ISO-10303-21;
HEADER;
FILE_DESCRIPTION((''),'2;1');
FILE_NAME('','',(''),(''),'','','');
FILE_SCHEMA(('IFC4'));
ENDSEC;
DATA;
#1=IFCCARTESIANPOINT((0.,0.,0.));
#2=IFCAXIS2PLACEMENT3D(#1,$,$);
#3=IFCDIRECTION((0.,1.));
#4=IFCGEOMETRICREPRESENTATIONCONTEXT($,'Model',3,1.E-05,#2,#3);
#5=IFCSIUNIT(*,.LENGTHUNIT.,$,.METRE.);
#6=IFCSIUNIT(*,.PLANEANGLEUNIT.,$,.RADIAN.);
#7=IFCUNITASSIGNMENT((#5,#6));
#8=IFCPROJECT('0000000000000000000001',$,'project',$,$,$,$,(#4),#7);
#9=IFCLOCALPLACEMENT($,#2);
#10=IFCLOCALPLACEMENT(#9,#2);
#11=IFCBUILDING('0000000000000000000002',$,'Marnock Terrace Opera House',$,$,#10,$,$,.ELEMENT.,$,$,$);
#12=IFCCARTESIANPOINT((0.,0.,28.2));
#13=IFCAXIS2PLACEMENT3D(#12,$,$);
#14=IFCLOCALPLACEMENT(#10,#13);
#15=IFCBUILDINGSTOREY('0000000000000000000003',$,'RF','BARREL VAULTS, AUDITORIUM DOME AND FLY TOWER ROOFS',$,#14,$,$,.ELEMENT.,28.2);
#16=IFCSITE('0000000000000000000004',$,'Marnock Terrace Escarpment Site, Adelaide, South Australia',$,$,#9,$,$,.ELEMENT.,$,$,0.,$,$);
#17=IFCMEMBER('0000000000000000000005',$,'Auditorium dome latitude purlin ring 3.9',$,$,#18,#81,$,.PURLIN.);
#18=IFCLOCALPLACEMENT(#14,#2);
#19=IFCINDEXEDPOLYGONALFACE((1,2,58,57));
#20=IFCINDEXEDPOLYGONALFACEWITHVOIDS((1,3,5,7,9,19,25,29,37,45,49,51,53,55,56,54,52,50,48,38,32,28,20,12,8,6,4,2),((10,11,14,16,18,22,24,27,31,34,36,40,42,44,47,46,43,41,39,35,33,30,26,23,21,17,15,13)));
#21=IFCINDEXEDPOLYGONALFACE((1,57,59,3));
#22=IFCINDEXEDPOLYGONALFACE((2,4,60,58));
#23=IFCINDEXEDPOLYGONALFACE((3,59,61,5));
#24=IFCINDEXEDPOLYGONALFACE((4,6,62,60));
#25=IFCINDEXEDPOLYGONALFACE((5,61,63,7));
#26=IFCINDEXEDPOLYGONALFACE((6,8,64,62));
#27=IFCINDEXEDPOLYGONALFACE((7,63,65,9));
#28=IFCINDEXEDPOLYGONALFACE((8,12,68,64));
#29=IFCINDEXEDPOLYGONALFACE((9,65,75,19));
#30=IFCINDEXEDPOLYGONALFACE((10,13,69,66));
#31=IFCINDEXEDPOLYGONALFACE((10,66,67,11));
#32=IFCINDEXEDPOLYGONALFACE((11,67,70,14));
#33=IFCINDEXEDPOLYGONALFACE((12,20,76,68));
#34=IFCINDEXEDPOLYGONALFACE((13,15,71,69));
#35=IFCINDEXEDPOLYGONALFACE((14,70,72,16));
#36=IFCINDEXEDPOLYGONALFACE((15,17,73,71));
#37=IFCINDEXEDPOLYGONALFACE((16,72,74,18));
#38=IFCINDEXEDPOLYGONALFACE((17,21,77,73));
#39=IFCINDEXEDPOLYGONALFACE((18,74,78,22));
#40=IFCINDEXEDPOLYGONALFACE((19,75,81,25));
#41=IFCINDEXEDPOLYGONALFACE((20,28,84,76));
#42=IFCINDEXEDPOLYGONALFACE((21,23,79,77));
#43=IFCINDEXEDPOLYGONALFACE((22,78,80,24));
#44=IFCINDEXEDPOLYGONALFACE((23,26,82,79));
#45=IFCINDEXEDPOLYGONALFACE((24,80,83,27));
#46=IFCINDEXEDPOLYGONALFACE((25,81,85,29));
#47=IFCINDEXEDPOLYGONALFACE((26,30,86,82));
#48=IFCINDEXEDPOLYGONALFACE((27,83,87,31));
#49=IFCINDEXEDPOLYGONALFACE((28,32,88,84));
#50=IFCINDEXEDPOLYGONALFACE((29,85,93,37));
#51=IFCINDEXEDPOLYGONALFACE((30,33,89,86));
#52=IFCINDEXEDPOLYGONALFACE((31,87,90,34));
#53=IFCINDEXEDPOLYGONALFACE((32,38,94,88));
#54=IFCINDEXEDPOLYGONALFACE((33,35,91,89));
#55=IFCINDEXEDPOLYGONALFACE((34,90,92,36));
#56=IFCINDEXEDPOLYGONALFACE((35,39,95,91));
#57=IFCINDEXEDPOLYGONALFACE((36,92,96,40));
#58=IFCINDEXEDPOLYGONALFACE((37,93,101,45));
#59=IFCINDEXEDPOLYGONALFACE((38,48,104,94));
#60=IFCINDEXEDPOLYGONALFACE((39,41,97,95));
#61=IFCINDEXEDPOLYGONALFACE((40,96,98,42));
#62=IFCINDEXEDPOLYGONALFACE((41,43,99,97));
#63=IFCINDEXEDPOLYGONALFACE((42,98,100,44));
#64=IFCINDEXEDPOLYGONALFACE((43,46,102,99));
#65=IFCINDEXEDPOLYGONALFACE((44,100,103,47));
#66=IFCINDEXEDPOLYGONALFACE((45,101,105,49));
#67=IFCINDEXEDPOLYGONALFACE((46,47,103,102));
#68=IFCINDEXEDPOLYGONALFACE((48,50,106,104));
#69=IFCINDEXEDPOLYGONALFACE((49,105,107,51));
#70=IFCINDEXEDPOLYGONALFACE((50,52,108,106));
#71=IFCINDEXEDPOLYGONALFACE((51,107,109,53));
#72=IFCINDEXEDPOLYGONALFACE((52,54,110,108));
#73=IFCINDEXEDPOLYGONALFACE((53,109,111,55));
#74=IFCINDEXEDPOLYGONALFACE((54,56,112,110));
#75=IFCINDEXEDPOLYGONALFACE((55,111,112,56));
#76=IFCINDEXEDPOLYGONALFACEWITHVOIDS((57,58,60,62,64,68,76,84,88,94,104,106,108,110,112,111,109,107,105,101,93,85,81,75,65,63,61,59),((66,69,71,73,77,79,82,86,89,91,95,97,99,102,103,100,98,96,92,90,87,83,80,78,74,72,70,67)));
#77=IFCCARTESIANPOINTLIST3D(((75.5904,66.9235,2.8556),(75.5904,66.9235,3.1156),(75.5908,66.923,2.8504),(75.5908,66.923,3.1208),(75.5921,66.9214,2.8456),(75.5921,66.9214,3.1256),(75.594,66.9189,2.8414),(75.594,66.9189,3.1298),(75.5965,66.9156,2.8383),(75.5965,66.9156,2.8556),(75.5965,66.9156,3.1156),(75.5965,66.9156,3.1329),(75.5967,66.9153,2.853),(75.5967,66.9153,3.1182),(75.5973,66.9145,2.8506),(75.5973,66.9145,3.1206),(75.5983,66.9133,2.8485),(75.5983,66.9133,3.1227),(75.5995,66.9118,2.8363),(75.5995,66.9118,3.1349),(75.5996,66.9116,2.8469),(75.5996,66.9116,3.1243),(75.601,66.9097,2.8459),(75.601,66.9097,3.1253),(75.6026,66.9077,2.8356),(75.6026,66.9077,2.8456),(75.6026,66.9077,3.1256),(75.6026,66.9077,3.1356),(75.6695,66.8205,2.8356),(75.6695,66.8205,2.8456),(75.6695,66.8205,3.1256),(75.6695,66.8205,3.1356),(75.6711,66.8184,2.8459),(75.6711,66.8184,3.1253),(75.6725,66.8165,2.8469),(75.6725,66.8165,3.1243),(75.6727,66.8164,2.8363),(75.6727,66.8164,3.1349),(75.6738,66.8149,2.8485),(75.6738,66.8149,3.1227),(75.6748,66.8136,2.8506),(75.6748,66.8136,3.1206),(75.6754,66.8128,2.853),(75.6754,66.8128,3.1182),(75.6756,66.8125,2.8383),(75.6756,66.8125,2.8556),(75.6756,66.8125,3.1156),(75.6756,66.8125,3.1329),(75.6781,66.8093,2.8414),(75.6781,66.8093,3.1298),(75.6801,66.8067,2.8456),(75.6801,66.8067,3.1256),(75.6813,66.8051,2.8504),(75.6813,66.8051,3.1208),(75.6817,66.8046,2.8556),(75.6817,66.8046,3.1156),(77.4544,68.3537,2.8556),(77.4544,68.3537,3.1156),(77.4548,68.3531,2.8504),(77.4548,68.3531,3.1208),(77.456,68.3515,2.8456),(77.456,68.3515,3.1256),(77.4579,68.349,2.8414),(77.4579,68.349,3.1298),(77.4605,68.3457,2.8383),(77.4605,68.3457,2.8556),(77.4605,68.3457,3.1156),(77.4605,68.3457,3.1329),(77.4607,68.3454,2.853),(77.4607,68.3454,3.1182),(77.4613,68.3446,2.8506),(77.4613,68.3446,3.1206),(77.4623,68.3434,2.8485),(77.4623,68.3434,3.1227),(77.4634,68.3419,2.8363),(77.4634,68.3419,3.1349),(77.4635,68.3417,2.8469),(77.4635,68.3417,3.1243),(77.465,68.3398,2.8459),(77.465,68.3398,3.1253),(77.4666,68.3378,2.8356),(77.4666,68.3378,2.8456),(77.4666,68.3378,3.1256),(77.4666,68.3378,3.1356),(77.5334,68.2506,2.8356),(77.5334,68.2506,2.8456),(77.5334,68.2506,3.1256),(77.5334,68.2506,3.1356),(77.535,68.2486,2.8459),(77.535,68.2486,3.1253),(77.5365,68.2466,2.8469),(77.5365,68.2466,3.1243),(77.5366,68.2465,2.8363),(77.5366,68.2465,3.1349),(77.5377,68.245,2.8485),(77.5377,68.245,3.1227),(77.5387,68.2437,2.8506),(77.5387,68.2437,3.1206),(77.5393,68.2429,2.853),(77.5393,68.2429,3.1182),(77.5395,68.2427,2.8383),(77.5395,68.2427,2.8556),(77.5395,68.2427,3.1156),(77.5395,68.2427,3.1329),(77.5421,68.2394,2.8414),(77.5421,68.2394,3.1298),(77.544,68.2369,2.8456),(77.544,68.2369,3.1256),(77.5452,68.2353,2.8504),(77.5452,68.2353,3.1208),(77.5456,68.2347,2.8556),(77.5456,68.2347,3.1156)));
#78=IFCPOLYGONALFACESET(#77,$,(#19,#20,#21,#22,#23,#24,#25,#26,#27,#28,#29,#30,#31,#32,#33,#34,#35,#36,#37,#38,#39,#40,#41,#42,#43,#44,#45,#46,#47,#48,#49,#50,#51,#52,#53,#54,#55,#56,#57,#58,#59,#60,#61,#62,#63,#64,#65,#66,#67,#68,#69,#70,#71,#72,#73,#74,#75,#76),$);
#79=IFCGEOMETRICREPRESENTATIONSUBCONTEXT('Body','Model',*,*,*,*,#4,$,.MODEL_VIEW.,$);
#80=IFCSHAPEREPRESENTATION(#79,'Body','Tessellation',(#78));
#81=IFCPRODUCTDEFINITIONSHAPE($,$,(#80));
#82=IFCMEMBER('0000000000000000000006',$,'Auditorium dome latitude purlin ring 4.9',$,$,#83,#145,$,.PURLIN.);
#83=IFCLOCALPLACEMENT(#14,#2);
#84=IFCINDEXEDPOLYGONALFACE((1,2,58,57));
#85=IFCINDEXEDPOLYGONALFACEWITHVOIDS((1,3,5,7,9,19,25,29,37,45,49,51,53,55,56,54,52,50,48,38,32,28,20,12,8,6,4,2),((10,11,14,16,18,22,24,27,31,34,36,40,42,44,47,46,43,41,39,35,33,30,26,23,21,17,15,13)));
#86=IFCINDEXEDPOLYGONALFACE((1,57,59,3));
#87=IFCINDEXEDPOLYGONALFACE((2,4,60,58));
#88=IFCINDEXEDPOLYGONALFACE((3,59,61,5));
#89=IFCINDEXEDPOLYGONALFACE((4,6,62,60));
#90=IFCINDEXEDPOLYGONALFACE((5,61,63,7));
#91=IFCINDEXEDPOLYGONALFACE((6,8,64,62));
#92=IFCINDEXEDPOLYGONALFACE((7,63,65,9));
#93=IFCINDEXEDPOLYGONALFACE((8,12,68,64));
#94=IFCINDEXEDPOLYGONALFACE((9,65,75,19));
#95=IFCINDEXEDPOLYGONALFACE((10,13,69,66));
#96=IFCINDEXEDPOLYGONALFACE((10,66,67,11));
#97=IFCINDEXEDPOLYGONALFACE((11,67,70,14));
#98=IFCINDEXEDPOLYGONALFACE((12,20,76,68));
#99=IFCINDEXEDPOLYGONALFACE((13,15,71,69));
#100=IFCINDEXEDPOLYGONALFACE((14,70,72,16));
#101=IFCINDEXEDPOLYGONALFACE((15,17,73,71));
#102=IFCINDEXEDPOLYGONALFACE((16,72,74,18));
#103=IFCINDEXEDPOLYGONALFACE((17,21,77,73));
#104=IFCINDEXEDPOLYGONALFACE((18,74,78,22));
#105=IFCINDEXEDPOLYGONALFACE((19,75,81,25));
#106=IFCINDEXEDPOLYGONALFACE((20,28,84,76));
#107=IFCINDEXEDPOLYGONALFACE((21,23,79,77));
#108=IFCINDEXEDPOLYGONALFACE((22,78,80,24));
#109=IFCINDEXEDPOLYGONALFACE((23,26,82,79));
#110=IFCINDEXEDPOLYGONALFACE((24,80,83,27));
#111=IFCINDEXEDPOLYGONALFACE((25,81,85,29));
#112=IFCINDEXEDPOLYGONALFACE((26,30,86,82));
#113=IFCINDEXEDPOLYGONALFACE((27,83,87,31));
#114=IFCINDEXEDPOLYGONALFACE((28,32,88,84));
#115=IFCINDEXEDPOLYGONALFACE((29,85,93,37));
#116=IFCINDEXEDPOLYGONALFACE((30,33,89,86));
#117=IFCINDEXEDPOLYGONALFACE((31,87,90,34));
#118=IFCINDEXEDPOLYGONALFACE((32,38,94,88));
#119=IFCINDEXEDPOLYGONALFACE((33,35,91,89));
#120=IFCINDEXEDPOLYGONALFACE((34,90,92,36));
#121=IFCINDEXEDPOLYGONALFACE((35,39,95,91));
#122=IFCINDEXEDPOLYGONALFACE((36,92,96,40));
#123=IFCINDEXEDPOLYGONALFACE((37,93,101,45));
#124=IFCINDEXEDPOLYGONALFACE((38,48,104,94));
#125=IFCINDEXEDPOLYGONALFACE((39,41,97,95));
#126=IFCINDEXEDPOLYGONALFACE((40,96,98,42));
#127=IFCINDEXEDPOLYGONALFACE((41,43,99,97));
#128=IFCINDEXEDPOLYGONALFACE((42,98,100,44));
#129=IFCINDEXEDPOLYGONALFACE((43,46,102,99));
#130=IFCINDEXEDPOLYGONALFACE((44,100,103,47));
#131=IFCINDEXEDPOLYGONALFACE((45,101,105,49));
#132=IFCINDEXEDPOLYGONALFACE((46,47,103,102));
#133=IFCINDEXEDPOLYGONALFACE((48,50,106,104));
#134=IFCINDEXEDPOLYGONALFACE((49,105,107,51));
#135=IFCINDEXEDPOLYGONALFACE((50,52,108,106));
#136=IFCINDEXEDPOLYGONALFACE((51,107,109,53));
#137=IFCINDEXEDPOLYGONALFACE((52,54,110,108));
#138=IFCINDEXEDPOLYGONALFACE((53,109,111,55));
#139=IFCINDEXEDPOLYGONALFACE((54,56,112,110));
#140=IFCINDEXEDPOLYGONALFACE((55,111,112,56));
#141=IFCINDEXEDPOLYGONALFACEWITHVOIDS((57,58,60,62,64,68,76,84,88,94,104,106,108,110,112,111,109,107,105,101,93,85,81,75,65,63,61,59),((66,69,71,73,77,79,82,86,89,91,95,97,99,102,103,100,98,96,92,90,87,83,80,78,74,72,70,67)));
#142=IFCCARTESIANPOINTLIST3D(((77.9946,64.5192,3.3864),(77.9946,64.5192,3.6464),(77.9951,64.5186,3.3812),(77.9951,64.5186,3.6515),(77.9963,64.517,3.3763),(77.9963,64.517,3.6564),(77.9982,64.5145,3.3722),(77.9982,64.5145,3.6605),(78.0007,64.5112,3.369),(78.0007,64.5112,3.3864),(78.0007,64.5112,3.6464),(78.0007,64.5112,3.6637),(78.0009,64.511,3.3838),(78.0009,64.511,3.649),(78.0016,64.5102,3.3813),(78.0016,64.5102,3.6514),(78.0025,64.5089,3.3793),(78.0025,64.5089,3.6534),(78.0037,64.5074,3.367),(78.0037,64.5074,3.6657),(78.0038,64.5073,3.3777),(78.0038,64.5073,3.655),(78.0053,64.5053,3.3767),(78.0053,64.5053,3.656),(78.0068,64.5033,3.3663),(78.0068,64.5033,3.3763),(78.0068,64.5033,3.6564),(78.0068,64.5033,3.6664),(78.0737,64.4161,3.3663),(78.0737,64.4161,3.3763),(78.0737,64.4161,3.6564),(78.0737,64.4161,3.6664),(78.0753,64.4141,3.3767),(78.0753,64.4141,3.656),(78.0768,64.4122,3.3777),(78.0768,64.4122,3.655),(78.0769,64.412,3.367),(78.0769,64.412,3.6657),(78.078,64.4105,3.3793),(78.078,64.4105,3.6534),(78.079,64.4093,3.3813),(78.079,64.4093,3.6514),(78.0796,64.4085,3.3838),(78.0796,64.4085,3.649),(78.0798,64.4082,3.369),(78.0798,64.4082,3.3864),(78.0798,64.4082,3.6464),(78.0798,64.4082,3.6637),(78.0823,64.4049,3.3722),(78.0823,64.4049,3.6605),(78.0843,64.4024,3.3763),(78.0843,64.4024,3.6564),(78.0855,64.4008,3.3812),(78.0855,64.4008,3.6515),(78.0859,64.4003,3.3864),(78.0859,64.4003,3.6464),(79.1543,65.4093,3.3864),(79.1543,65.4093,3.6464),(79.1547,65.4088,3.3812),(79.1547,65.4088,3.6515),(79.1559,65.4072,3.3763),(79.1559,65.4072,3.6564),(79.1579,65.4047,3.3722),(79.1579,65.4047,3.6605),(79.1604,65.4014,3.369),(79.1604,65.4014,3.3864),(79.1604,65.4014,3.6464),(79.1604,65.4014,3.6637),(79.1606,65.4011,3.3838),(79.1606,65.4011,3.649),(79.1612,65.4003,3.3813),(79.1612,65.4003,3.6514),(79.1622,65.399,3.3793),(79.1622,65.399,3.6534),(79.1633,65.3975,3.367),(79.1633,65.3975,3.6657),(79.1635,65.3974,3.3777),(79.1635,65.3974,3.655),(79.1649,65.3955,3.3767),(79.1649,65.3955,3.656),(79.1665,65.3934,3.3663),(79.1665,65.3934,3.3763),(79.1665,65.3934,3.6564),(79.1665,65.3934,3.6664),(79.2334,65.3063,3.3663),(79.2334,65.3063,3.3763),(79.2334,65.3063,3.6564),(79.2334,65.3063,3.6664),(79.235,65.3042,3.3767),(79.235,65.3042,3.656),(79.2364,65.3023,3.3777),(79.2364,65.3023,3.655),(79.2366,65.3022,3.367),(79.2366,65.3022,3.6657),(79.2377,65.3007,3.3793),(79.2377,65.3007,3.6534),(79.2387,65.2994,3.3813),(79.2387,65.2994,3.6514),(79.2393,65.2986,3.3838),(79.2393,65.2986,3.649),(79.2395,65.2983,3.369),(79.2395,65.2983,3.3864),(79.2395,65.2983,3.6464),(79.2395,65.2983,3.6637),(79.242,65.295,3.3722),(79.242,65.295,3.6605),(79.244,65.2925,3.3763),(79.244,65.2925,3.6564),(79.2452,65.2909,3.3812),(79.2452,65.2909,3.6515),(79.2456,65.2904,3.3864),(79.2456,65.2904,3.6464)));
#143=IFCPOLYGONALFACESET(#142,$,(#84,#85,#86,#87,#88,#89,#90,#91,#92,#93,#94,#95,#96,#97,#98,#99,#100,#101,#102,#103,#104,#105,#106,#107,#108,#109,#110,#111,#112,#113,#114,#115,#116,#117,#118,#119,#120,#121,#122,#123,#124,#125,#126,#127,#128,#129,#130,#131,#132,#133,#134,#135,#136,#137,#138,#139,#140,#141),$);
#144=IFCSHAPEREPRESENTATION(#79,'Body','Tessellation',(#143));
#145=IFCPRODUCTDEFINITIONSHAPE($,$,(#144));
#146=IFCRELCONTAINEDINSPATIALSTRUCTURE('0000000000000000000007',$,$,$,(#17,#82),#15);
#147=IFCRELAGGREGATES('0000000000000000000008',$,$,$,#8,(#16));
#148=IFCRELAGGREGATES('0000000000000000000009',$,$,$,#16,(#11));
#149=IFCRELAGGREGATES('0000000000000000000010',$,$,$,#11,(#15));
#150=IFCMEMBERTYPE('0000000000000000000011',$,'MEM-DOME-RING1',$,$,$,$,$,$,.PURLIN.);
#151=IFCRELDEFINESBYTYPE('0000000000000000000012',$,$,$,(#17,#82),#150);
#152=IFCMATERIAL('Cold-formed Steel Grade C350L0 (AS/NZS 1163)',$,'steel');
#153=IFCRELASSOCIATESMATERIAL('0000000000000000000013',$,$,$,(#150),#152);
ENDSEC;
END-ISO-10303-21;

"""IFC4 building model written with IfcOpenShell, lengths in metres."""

from ifc_helpers import new_model, si_unit, direction, frame, origin, origin_2d, place, context, subcontext, project, spatial, hollow_rectangle, extrude, material, material_profile, profile_set, type_object, element, save


model = new_model("IFC4")

# Units and contexts
model_context = context("Model", 3, precision=1e-05, world=origin(), true_north=direction((0.0, 1.0)))
body_context = subcontext(model_context, "Body", "Model", "MODEL_VIEW")
ifc_project = project(units=[si_unit("LENGTHUNIT", "METRE"), si_unit("PLANEANGLEUNIT", "RADIAN")], contexts=[model_context])

# Site, building, storey
site_placement = place(None, origin())
site = spatial("IfcSite", under=ifc_project, at=site_placement, Name="Marnock Terrace Escarpment Site, Adelaide, South Australia", CompositionType="ELEMENT", RefElevation=0.0)
building_placement = place(site_placement, origin())
building = spatial("IfcBuilding", under=site, at=building_placement, Name="Marnock Terrace Opera House", CompositionType="ELEMENT")
storey_placement = place(building_placement, frame((0.0, 0.0, 28.2)))
storey = spatial("IfcBuildingStorey", under=building, at=storey_placement, Name="RF", Description="BARREL VAULTS, AUDITORIUM DOME AND FLY TOWER ROOFS", CompositionType="ELEMENT", Elevation=28.2)

# Members
ifc_material_1 = material(Name="Cold-formed Steel Grade C350L0 (AS/NZS 1163)", Category="steel")
ifc_material_profile_1 = material_profile(ifc_material_1, hollow_rectangle(XDim=0.1499, YDim=0.3, WallThickness=0.01, InnerFilletRadius=0.01, OuterFilletRadius=0.02, at=origin_2d()))
ifc_profile_set_1 = profile_set([ifc_material_profile_1], Name="Cold-formed Steel Grade C350L0 (AS/NZS 1163)")
member_type_1 = type_object("IfcMemberType", Name="MEM-DOME-RING1", PredefinedType="PURLIN", material=ifc_profile_set_1)
member_1_placement = place(storey_placement, frame((77.5, 68.2942, 2.9856), z_axis=(-0.793381, -0.608726, 0.0), x_axis=(0.608726, -0.793381, 0.0)))
element("IfcMember", 1, at=member_1_placement, inside=storey, type_object=member_type_1, Name="Auditorium dome latitude purlin ring 3.9", PredefinedType="PURLIN", context=body_context, shape_type="SweptSolid", body=[
    extrude(hollow_rectangle(XDim=0.1499, YDim=0.3, WallThickness=0.01, InnerFilletRadius=0.01, OuterFilletRadius=0.02, at=origin_2d()), origin(), (0.0, 0.0, 1.0), 2.3494),
])
member_2_placement = place(storey_placement, frame((79.2, 65.3499, 3.5164), z_axis=(-0.793257, -0.608887, 0.0), x_axis=(0.608887, -0.793257, 0.0)))
element("IfcMember", 2, at=member_2_placement, inside=storey, type_object=member_type_1, Name="Auditorium dome latitude purlin ring 4.9", PredefinedType="PURLIN", context=body_context, shape_type="SweptSolid", body=[
    extrude(hollow_rectangle(XDim=0.1499, YDim=0.3, WallThickness=0.01, InnerFilletRadius=0.01, OuterFilletRadius=0.02, at=origin_2d()), origin(), (0.0, 0.0, 1.0), 1.4619),
])

save(model, "model.ifc")
